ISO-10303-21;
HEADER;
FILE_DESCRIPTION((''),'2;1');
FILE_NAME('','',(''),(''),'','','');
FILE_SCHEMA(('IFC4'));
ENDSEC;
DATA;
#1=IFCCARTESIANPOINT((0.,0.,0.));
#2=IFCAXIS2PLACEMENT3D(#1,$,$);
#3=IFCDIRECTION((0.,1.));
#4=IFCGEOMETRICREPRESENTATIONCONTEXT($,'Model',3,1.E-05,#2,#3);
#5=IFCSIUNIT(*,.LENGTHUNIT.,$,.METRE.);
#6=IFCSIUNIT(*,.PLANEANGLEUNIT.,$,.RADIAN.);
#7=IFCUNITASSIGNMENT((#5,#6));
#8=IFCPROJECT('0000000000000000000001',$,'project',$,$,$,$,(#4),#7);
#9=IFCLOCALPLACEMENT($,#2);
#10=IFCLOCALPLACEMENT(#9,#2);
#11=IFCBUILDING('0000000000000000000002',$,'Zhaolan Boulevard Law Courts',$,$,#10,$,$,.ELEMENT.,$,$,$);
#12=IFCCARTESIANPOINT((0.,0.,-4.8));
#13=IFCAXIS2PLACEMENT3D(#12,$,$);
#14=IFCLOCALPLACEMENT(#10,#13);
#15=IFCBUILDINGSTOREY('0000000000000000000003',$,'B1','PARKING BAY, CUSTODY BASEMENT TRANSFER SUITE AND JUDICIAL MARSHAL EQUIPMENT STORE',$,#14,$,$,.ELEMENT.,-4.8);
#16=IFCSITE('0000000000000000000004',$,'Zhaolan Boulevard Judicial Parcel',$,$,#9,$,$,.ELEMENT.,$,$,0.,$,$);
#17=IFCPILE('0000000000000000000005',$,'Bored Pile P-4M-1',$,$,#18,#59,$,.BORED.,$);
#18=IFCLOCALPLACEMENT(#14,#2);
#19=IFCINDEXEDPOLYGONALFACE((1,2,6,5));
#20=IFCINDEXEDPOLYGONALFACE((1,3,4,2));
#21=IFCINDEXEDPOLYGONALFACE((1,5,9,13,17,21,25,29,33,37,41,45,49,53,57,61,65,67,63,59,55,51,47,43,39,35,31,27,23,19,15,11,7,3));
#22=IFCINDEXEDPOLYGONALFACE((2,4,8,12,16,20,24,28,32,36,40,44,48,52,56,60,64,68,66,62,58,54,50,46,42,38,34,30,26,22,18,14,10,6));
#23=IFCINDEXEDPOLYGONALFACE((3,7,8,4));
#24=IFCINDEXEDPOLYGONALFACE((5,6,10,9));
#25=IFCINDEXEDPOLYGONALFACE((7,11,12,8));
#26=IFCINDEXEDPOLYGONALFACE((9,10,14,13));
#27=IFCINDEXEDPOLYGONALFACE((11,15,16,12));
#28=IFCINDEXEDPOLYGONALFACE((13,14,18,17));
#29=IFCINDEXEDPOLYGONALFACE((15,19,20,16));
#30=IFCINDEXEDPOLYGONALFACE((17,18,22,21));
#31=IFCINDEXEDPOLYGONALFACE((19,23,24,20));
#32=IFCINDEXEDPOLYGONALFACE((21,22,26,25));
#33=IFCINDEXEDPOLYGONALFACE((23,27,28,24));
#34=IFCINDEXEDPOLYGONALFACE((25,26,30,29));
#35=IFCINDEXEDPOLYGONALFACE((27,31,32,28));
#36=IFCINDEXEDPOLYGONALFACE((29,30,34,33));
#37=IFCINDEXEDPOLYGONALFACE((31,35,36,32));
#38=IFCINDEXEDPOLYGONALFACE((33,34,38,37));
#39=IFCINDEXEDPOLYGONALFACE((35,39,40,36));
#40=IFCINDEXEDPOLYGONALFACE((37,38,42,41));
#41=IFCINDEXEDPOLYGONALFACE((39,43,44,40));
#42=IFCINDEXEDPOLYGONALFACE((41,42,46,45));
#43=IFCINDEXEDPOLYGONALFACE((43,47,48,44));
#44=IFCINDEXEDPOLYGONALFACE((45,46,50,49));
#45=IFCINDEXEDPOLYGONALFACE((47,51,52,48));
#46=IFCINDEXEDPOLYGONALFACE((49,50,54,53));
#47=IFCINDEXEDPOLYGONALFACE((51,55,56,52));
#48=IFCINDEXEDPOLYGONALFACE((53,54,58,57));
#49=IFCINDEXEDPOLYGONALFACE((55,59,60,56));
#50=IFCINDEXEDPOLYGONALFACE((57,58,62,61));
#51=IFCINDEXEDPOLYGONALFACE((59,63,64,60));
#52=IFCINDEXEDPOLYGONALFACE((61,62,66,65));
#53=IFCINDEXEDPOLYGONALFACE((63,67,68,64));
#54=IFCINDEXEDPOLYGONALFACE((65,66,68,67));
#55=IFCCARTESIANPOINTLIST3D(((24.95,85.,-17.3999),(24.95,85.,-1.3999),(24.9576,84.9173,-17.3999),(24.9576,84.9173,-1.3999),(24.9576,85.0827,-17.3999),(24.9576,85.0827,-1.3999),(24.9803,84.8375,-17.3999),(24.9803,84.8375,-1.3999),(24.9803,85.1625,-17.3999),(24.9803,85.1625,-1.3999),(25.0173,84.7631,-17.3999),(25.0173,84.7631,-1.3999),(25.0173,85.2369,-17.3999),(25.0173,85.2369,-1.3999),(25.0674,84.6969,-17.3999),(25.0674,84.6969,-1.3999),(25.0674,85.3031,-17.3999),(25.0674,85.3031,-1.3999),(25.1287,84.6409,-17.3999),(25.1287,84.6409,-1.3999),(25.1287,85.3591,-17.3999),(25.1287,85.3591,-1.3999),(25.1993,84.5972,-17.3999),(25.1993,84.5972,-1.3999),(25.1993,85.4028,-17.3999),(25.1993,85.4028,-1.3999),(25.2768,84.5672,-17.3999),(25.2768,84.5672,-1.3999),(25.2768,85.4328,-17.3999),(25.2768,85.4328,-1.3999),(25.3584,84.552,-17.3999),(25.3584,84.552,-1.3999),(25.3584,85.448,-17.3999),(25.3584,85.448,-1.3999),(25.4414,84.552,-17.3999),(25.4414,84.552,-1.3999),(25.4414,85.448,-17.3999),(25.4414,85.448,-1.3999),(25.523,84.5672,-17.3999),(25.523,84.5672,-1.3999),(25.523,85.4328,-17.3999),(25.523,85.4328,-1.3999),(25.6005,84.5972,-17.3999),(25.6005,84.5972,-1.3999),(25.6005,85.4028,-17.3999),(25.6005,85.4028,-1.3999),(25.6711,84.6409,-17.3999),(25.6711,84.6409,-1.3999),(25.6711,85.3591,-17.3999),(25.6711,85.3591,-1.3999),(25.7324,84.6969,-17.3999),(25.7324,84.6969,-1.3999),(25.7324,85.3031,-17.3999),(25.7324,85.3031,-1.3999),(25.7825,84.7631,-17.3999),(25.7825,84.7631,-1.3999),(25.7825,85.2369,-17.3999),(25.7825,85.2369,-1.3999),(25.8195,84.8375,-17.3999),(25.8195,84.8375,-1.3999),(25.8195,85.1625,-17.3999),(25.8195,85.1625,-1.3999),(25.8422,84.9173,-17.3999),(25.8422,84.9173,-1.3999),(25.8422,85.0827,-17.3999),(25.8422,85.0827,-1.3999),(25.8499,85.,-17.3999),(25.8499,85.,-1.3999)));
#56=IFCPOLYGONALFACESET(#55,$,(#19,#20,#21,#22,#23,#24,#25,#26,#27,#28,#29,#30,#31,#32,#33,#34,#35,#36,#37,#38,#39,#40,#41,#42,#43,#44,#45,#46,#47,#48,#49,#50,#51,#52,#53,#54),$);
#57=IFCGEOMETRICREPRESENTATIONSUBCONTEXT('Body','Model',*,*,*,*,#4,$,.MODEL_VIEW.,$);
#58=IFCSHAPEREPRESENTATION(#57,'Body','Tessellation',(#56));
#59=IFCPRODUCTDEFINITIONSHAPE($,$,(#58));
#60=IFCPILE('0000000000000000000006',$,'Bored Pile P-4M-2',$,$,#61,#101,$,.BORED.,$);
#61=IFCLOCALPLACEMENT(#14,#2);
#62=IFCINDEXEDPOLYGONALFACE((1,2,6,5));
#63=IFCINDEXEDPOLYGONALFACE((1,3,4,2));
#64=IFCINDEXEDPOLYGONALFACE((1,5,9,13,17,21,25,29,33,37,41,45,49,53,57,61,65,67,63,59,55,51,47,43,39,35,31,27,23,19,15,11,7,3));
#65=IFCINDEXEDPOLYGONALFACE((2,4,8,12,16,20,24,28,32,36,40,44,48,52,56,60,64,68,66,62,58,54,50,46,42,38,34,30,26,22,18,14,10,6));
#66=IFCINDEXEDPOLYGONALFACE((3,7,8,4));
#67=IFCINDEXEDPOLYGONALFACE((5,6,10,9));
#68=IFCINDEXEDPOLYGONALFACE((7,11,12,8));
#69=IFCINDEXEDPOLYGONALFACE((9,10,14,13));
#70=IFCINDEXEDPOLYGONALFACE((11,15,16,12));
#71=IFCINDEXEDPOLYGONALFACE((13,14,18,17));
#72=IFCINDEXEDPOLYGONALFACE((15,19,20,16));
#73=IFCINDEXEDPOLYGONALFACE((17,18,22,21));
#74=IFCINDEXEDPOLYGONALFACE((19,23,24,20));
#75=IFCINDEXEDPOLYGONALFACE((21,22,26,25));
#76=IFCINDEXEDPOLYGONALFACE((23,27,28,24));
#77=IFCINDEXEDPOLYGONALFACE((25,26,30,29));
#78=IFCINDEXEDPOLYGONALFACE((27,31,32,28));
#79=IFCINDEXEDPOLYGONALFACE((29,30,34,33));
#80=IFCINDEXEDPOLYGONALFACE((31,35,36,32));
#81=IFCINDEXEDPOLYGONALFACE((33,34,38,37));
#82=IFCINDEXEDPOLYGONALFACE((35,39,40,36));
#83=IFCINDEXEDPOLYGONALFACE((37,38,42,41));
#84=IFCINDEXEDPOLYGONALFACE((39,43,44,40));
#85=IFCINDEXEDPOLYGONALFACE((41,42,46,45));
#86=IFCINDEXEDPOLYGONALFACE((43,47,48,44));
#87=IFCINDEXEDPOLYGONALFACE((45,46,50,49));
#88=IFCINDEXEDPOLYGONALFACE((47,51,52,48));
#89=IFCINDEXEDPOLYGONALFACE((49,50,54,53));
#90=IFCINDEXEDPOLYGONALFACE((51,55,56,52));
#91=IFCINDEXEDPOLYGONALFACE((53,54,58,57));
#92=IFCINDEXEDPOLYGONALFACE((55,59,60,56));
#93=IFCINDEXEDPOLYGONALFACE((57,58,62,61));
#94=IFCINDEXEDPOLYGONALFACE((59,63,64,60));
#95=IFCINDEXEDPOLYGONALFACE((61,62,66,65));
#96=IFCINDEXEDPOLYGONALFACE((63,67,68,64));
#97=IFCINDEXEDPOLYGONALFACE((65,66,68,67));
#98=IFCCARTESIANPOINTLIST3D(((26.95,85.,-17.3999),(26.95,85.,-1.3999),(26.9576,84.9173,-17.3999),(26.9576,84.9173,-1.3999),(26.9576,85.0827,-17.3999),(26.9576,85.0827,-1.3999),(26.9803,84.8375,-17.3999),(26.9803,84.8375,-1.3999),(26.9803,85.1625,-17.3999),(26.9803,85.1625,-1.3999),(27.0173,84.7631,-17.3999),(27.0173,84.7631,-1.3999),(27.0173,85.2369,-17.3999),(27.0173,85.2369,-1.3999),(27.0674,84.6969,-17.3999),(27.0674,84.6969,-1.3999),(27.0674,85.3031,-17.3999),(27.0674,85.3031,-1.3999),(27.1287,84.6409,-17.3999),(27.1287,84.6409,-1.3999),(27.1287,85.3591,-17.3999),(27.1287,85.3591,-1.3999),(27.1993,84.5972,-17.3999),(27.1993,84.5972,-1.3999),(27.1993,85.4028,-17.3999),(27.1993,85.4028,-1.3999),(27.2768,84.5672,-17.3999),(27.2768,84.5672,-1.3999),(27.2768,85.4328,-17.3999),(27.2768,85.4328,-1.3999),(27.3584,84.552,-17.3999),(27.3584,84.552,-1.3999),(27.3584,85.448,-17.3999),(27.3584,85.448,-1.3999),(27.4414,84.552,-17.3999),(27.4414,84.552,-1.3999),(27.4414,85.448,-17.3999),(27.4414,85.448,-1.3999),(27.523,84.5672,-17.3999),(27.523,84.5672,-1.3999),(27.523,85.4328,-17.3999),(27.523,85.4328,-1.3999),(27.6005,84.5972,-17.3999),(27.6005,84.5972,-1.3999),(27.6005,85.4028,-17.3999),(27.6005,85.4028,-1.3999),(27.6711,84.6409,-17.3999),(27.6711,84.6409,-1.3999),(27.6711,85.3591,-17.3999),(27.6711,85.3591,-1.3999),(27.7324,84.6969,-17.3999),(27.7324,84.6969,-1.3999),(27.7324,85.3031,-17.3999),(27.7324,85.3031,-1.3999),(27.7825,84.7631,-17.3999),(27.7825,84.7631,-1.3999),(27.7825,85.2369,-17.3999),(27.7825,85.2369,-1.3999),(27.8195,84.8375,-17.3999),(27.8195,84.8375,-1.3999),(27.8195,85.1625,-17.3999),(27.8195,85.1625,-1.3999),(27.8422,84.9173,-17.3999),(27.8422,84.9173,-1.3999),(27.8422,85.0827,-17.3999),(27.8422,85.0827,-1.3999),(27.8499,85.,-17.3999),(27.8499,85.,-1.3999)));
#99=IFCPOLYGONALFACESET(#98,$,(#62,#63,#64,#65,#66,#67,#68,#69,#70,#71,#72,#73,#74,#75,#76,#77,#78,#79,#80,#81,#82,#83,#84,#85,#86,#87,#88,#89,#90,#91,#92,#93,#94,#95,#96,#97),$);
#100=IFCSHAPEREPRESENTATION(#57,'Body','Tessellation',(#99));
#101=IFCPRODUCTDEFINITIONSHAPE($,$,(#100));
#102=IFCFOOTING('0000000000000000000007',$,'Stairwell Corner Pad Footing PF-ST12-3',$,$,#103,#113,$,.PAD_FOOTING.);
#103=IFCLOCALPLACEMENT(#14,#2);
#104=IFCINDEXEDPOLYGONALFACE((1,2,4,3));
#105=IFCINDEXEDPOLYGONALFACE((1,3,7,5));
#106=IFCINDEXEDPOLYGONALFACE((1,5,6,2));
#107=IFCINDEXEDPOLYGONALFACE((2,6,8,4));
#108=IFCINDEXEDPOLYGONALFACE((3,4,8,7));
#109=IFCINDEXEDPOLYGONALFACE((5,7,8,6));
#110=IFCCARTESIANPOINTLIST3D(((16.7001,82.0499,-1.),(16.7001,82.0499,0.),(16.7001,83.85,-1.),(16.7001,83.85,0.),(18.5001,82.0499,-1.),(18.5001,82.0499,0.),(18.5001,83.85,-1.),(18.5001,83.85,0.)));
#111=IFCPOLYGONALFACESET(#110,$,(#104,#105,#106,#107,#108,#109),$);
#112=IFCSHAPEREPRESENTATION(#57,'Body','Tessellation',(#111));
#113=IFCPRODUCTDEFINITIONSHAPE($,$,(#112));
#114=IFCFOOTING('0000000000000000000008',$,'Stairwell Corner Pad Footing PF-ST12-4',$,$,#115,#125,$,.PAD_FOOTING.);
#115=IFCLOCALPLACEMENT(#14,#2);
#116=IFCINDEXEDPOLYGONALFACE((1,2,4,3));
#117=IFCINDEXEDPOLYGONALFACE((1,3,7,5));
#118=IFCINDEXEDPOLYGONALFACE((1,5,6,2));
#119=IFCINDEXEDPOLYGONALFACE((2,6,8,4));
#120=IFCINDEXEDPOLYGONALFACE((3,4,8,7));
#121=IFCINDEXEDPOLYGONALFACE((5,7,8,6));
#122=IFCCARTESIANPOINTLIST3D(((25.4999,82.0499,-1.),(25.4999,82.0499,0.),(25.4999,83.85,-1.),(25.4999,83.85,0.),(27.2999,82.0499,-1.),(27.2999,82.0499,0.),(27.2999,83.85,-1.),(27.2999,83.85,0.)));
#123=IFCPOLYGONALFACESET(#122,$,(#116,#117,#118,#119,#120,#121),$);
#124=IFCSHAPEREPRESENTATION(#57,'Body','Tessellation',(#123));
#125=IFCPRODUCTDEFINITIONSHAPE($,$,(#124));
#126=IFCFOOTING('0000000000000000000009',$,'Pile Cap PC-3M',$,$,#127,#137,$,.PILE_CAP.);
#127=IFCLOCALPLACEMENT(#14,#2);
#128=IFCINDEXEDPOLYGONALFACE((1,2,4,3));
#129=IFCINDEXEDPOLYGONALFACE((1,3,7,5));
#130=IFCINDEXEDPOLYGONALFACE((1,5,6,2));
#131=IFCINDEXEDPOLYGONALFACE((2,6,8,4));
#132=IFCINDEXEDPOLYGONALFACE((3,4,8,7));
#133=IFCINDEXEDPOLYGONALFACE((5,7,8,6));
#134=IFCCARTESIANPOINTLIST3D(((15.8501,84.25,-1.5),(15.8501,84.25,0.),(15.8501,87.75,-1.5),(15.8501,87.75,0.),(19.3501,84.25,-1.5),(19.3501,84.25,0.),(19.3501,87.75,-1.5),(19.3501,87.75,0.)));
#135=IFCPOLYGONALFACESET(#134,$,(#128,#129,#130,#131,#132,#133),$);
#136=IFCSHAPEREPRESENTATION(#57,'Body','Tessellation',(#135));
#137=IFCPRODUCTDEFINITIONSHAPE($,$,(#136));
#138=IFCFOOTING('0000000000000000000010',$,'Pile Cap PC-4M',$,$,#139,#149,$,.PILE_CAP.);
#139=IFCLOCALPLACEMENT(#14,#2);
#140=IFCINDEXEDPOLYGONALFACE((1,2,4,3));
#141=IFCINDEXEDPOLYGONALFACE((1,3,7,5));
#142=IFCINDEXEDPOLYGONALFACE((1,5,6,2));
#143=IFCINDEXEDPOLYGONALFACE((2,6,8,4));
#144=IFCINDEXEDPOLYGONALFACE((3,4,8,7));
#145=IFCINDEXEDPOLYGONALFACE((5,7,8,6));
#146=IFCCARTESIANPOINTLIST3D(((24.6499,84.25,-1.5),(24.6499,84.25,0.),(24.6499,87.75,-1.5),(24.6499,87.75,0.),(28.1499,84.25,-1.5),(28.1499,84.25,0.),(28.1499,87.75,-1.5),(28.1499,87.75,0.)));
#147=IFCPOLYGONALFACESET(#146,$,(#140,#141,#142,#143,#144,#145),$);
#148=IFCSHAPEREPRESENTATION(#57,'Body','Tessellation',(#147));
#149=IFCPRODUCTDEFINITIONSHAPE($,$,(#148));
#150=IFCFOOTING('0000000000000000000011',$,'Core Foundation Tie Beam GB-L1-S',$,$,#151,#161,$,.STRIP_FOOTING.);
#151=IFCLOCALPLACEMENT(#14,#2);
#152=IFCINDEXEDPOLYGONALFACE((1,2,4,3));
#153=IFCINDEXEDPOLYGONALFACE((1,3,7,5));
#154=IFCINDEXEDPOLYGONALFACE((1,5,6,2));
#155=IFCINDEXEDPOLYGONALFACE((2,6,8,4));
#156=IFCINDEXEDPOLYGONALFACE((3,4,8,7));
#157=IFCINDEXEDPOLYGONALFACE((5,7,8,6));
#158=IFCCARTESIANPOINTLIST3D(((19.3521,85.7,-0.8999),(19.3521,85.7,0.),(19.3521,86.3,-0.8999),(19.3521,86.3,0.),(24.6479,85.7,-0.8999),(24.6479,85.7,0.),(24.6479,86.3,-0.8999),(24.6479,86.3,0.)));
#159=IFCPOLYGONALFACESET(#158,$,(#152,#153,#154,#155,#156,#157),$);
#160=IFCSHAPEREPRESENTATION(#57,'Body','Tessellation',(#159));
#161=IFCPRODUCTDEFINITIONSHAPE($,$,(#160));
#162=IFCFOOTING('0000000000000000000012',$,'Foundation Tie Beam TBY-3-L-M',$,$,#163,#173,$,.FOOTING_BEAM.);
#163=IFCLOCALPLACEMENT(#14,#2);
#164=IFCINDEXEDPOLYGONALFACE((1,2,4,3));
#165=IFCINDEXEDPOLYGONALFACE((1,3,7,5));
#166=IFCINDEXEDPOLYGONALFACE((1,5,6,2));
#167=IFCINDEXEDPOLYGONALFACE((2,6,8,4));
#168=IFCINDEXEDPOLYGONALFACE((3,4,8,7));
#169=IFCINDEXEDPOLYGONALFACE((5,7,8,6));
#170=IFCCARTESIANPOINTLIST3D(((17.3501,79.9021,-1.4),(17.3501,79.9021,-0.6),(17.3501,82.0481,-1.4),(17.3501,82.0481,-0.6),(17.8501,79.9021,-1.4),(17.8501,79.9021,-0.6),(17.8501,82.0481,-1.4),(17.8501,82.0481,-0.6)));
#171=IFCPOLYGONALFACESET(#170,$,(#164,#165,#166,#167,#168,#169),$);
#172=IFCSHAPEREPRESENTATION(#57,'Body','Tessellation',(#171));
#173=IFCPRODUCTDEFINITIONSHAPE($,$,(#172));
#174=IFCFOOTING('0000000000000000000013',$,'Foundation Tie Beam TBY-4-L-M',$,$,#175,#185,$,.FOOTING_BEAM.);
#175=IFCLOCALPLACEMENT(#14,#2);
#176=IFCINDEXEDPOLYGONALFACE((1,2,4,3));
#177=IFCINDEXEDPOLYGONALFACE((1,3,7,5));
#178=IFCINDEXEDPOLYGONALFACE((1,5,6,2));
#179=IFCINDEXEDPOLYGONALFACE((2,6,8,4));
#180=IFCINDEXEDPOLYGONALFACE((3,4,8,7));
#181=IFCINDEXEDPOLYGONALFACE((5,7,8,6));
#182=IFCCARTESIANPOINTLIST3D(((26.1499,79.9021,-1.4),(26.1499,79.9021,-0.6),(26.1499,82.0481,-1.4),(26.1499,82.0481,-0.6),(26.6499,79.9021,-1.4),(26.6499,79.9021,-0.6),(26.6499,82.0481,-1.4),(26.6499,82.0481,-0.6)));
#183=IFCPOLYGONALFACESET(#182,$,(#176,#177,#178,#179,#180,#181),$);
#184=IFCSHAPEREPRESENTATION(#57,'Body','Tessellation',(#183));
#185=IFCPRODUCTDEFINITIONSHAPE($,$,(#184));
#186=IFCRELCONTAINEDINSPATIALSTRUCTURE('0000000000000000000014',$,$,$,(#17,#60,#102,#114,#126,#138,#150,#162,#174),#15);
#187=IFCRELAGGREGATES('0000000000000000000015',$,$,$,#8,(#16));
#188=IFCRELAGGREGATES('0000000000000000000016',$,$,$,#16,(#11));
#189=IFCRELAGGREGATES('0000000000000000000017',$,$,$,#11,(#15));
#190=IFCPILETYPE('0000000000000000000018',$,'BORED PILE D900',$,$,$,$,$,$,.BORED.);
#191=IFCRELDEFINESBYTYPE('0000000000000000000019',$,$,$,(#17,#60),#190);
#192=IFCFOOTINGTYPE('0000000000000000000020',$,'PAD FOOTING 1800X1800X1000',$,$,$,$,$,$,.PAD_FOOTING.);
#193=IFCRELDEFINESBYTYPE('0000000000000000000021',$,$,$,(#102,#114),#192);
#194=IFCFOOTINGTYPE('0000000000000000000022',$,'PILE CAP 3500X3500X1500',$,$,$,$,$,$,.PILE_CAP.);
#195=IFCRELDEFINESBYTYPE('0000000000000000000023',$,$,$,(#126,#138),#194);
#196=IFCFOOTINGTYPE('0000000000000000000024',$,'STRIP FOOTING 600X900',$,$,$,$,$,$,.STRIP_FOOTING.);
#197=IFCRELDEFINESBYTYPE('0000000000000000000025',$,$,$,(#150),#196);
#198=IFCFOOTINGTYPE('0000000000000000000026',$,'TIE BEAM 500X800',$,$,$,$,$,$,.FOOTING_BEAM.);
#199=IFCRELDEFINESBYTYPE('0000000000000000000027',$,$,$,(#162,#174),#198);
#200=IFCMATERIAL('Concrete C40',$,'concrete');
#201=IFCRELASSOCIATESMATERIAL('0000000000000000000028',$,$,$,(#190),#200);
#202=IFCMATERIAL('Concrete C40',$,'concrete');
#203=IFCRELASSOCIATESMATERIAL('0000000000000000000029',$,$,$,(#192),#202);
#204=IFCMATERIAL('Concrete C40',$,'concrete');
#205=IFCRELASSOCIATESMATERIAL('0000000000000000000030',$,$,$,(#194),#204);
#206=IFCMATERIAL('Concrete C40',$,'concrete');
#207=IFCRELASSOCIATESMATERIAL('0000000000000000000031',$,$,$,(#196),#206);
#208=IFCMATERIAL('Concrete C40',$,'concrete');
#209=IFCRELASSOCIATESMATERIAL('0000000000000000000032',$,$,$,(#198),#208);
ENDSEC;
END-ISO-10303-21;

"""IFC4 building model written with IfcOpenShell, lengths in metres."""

from ifc_helpers import new_model, si_unit, direction, frame, origin, origin_2d, place, context, subcontext, project, spatial, rectangle, circle, extrude, material, material_profile, profile_set, type_object, element, save


model = new_model("IFC4")

# Units and contexts
model_context = context("Model", 3, precision=1e-05, world=origin(), true_north=direction((0.0, 1.0)))
body_context = subcontext(model_context, "Body", "Model", "MODEL_VIEW")
ifc_project = project(units=[si_unit("LENGTHUNIT", "METRE"), si_unit("PLANEANGLEUNIT", "RADIAN")], contexts=[model_context])

# Site, building, storey
site_placement = place(None, origin())
site = spatial("IfcSite", under=ifc_project, at=site_placement, Name="Zhaolan Boulevard Judicial Parcel", CompositionType="ELEMENT", RefElevation=0.0)
building_placement = place(site_placement, origin())
building = spatial("IfcBuilding", under=site, at=building_placement, Name="Zhaolan Boulevard Law Courts", CompositionType="ELEMENT")
storey_placement = place(building_placement, frame((0.0, 0.0, -4.8)))
storey = spatial("IfcBuildingStorey", under=building, at=storey_placement, Name="B1", Description="PARKING BAY, CUSTODY BASEMENT TRANSFER SUITE AND JUDICIAL MARSHAL EQUIPMENT STORE", CompositionType="ELEMENT", Elevation=-4.8)

# Piles
ifc_material_1 = material(Name="Concrete C40", Category="concrete")
ifc_material_profile_1 = material_profile(ifc_material_1, circle(Radius=0.45, at=origin_2d()), Name="PILE-D900")
ifc_profile_set_1 = profile_set([ifc_material_profile_1], Name="Concrete C40")
pile_type_1 = type_object("IfcPileType", Name="BORED PILE D900", PredefinedType="BORED", material=ifc_profile_set_1)
for number, where, z_axis, x_axis, name in (
    (1, (25.3999, 85.0, -1.3999), (0.0, 0.0, -1.0), (1.0, 0.0, 0.0), "Bored Pile P-4M-1"),
    (2, (27.3999, 85.0, -1.3999), (0.0, 0.0, -1.0), (1.0, 0.0, 0.0), "Bored Pile P-4M-2"),
):
    element("IfcPile", number, at=place(storey_placement, frame(where, z_axis=z_axis, x_axis=x_axis)), inside=storey, type_object=pile_type_1, Name=name, PredefinedType="BORED", context=body_context, shape_type="SweptSolid", body=[
        extrude(circle(Radius=0.45, at=origin_2d()), origin(), (0.0, 0.0, 1.0), 16.0),
    ])

# Footings
ifc_material_2 = material(Name="Concrete C40", Category="concrete")
footing_type_1 = type_object("IfcFootingType", Name="PAD FOOTING 1800X1800X1000", PredefinedType="PAD_FOOTING", material=ifc_material_2)
for number, where, z_axis, x_axis, name in (
    (3, (17.6001, 82.95, -1.0), (0.0, 0.0, 1.0), (1.0, 0.0, 0.0), "Stairwell Corner Pad Footing PF-ST12-3"),
    (4, (26.3999, 82.95, -1.0), (0.0, 0.0, 1.0), (1.0, 0.0, 0.0), "Stairwell Corner Pad Footing PF-ST12-4"),
):
    element("IfcFooting", number, at=place(storey_placement, frame(where, z_axis=z_axis, x_axis=x_axis)), inside=storey, type_object=footing_type_1, Name=name, PredefinedType="PAD_FOOTING", context=body_context, shape_type="SweptSolid", body=[
        extrude(rectangle(XDim=1.8, YDim=1.8, at=origin_2d()), origin(), (0.0, 0.0, 1.0), 1.0),
    ])
ifc_material_3 = material(Name="Concrete C40", Category="concrete")
footing_type_2 = type_object("IfcFootingType", Name="PILE CAP 3500X3500X1500", PredefinedType="PILE_CAP", material=ifc_material_3)
for number, where, z_axis, x_axis, name in (
    (5, (17.6001, 86.0, -1.5), (0.0, 0.0, 1.0), (1.0, 0.0, 0.0), "Pile Cap PC-3M"),
    (6, (26.3999, 86.0, -1.5), (0.0, 0.0, 1.0), (1.0, 0.0, 0.0), "Pile Cap PC-4M"),
):
    element("IfcFooting", number, at=place(storey_placement, frame(where, z_axis=z_axis, x_axis=x_axis)), inside=storey, type_object=footing_type_2, Name=name, PredefinedType="PILE_CAP", context=body_context, shape_type="SweptSolid", body=[
        extrude(rectangle(XDim=3.5, YDim=3.5, at=origin_2d()), origin(), (0.0, 0.0, 1.0), 1.5),
    ])
ifc_material_4 = material(Name="Concrete C40", Category="concrete")
ifc_material_profile_2 = material_profile(ifc_material_4, rectangle(XDim=0.6001, YDim=0.8999, at=origin_2d()), Name="RC600x900")
ifc_profile_set_2 = profile_set([ifc_material_profile_2], Name="Concrete C40")
footing_type_3 = type_object("IfcFootingType", Name="STRIP FOOTING 600X900", PredefinedType="STRIP_FOOTING", material=ifc_profile_set_2)
footing_placement = place(storey_placement, frame((19.3521, 86.0, -0.45), z_axis=(1.0, 0.0, 0.0), x_axis=(0.0, 1.0, 0.0)))
element("IfcFooting", 7, at=footing_placement, inside=storey, type_object=footing_type_3, Name="Core Foundation Tie Beam GB-L1-S", PredefinedType="STRIP_FOOTING", context=body_context, shape_type="SweptSolid", body=[
    extrude(rectangle(XDim=0.6001, YDim=0.8999, at=origin_2d()), origin(), (0.0, 0.0, 1.0), 5.2959),
])
ifc_material_5 = material(Name="Concrete C40", Category="concrete")
ifc_material_profile_3 = material_profile(ifc_material_5, rectangle(XDim=0.5, YDim=0.8, at=origin_2d()), Name="RC500x800")
ifc_profile_set_3 = profile_set([ifc_material_profile_3], Name="Concrete C40")
footing_type_4 = type_object("IfcFootingType", Name="TIE BEAM 500X800", PredefinedType="FOOTING_BEAM", material=ifc_profile_set_3)
for number, where, z_axis, x_axis, name in (
    (8, (17.6001, 79.9021, -1.0), (0.0, 1.0, 0.0), (-1.0, 0.0, 0.0), "Foundation Tie Beam TBY-3-L-M"),
    (9, (26.3999, 79.9021, -1.0), (0.0, 1.0, 0.0), (-1.0, 0.0, 0.0), "Foundation Tie Beam TBY-4-L-M"),
):
    element("IfcFooting", number, at=place(storey_placement, frame(where, z_axis=z_axis, x_axis=x_axis)), inside=storey, type_object=footing_type_4, Name=name, PredefinedType="FOOTING_BEAM", context=body_context, shape_type="SweptSolid", body=[
        extrude(rectangle(XDim=0.5, YDim=0.8, at=origin_2d()), origin(), (0.0, 0.0, 1.0), 2.146),
    ])

save(model, "model.ifc")
